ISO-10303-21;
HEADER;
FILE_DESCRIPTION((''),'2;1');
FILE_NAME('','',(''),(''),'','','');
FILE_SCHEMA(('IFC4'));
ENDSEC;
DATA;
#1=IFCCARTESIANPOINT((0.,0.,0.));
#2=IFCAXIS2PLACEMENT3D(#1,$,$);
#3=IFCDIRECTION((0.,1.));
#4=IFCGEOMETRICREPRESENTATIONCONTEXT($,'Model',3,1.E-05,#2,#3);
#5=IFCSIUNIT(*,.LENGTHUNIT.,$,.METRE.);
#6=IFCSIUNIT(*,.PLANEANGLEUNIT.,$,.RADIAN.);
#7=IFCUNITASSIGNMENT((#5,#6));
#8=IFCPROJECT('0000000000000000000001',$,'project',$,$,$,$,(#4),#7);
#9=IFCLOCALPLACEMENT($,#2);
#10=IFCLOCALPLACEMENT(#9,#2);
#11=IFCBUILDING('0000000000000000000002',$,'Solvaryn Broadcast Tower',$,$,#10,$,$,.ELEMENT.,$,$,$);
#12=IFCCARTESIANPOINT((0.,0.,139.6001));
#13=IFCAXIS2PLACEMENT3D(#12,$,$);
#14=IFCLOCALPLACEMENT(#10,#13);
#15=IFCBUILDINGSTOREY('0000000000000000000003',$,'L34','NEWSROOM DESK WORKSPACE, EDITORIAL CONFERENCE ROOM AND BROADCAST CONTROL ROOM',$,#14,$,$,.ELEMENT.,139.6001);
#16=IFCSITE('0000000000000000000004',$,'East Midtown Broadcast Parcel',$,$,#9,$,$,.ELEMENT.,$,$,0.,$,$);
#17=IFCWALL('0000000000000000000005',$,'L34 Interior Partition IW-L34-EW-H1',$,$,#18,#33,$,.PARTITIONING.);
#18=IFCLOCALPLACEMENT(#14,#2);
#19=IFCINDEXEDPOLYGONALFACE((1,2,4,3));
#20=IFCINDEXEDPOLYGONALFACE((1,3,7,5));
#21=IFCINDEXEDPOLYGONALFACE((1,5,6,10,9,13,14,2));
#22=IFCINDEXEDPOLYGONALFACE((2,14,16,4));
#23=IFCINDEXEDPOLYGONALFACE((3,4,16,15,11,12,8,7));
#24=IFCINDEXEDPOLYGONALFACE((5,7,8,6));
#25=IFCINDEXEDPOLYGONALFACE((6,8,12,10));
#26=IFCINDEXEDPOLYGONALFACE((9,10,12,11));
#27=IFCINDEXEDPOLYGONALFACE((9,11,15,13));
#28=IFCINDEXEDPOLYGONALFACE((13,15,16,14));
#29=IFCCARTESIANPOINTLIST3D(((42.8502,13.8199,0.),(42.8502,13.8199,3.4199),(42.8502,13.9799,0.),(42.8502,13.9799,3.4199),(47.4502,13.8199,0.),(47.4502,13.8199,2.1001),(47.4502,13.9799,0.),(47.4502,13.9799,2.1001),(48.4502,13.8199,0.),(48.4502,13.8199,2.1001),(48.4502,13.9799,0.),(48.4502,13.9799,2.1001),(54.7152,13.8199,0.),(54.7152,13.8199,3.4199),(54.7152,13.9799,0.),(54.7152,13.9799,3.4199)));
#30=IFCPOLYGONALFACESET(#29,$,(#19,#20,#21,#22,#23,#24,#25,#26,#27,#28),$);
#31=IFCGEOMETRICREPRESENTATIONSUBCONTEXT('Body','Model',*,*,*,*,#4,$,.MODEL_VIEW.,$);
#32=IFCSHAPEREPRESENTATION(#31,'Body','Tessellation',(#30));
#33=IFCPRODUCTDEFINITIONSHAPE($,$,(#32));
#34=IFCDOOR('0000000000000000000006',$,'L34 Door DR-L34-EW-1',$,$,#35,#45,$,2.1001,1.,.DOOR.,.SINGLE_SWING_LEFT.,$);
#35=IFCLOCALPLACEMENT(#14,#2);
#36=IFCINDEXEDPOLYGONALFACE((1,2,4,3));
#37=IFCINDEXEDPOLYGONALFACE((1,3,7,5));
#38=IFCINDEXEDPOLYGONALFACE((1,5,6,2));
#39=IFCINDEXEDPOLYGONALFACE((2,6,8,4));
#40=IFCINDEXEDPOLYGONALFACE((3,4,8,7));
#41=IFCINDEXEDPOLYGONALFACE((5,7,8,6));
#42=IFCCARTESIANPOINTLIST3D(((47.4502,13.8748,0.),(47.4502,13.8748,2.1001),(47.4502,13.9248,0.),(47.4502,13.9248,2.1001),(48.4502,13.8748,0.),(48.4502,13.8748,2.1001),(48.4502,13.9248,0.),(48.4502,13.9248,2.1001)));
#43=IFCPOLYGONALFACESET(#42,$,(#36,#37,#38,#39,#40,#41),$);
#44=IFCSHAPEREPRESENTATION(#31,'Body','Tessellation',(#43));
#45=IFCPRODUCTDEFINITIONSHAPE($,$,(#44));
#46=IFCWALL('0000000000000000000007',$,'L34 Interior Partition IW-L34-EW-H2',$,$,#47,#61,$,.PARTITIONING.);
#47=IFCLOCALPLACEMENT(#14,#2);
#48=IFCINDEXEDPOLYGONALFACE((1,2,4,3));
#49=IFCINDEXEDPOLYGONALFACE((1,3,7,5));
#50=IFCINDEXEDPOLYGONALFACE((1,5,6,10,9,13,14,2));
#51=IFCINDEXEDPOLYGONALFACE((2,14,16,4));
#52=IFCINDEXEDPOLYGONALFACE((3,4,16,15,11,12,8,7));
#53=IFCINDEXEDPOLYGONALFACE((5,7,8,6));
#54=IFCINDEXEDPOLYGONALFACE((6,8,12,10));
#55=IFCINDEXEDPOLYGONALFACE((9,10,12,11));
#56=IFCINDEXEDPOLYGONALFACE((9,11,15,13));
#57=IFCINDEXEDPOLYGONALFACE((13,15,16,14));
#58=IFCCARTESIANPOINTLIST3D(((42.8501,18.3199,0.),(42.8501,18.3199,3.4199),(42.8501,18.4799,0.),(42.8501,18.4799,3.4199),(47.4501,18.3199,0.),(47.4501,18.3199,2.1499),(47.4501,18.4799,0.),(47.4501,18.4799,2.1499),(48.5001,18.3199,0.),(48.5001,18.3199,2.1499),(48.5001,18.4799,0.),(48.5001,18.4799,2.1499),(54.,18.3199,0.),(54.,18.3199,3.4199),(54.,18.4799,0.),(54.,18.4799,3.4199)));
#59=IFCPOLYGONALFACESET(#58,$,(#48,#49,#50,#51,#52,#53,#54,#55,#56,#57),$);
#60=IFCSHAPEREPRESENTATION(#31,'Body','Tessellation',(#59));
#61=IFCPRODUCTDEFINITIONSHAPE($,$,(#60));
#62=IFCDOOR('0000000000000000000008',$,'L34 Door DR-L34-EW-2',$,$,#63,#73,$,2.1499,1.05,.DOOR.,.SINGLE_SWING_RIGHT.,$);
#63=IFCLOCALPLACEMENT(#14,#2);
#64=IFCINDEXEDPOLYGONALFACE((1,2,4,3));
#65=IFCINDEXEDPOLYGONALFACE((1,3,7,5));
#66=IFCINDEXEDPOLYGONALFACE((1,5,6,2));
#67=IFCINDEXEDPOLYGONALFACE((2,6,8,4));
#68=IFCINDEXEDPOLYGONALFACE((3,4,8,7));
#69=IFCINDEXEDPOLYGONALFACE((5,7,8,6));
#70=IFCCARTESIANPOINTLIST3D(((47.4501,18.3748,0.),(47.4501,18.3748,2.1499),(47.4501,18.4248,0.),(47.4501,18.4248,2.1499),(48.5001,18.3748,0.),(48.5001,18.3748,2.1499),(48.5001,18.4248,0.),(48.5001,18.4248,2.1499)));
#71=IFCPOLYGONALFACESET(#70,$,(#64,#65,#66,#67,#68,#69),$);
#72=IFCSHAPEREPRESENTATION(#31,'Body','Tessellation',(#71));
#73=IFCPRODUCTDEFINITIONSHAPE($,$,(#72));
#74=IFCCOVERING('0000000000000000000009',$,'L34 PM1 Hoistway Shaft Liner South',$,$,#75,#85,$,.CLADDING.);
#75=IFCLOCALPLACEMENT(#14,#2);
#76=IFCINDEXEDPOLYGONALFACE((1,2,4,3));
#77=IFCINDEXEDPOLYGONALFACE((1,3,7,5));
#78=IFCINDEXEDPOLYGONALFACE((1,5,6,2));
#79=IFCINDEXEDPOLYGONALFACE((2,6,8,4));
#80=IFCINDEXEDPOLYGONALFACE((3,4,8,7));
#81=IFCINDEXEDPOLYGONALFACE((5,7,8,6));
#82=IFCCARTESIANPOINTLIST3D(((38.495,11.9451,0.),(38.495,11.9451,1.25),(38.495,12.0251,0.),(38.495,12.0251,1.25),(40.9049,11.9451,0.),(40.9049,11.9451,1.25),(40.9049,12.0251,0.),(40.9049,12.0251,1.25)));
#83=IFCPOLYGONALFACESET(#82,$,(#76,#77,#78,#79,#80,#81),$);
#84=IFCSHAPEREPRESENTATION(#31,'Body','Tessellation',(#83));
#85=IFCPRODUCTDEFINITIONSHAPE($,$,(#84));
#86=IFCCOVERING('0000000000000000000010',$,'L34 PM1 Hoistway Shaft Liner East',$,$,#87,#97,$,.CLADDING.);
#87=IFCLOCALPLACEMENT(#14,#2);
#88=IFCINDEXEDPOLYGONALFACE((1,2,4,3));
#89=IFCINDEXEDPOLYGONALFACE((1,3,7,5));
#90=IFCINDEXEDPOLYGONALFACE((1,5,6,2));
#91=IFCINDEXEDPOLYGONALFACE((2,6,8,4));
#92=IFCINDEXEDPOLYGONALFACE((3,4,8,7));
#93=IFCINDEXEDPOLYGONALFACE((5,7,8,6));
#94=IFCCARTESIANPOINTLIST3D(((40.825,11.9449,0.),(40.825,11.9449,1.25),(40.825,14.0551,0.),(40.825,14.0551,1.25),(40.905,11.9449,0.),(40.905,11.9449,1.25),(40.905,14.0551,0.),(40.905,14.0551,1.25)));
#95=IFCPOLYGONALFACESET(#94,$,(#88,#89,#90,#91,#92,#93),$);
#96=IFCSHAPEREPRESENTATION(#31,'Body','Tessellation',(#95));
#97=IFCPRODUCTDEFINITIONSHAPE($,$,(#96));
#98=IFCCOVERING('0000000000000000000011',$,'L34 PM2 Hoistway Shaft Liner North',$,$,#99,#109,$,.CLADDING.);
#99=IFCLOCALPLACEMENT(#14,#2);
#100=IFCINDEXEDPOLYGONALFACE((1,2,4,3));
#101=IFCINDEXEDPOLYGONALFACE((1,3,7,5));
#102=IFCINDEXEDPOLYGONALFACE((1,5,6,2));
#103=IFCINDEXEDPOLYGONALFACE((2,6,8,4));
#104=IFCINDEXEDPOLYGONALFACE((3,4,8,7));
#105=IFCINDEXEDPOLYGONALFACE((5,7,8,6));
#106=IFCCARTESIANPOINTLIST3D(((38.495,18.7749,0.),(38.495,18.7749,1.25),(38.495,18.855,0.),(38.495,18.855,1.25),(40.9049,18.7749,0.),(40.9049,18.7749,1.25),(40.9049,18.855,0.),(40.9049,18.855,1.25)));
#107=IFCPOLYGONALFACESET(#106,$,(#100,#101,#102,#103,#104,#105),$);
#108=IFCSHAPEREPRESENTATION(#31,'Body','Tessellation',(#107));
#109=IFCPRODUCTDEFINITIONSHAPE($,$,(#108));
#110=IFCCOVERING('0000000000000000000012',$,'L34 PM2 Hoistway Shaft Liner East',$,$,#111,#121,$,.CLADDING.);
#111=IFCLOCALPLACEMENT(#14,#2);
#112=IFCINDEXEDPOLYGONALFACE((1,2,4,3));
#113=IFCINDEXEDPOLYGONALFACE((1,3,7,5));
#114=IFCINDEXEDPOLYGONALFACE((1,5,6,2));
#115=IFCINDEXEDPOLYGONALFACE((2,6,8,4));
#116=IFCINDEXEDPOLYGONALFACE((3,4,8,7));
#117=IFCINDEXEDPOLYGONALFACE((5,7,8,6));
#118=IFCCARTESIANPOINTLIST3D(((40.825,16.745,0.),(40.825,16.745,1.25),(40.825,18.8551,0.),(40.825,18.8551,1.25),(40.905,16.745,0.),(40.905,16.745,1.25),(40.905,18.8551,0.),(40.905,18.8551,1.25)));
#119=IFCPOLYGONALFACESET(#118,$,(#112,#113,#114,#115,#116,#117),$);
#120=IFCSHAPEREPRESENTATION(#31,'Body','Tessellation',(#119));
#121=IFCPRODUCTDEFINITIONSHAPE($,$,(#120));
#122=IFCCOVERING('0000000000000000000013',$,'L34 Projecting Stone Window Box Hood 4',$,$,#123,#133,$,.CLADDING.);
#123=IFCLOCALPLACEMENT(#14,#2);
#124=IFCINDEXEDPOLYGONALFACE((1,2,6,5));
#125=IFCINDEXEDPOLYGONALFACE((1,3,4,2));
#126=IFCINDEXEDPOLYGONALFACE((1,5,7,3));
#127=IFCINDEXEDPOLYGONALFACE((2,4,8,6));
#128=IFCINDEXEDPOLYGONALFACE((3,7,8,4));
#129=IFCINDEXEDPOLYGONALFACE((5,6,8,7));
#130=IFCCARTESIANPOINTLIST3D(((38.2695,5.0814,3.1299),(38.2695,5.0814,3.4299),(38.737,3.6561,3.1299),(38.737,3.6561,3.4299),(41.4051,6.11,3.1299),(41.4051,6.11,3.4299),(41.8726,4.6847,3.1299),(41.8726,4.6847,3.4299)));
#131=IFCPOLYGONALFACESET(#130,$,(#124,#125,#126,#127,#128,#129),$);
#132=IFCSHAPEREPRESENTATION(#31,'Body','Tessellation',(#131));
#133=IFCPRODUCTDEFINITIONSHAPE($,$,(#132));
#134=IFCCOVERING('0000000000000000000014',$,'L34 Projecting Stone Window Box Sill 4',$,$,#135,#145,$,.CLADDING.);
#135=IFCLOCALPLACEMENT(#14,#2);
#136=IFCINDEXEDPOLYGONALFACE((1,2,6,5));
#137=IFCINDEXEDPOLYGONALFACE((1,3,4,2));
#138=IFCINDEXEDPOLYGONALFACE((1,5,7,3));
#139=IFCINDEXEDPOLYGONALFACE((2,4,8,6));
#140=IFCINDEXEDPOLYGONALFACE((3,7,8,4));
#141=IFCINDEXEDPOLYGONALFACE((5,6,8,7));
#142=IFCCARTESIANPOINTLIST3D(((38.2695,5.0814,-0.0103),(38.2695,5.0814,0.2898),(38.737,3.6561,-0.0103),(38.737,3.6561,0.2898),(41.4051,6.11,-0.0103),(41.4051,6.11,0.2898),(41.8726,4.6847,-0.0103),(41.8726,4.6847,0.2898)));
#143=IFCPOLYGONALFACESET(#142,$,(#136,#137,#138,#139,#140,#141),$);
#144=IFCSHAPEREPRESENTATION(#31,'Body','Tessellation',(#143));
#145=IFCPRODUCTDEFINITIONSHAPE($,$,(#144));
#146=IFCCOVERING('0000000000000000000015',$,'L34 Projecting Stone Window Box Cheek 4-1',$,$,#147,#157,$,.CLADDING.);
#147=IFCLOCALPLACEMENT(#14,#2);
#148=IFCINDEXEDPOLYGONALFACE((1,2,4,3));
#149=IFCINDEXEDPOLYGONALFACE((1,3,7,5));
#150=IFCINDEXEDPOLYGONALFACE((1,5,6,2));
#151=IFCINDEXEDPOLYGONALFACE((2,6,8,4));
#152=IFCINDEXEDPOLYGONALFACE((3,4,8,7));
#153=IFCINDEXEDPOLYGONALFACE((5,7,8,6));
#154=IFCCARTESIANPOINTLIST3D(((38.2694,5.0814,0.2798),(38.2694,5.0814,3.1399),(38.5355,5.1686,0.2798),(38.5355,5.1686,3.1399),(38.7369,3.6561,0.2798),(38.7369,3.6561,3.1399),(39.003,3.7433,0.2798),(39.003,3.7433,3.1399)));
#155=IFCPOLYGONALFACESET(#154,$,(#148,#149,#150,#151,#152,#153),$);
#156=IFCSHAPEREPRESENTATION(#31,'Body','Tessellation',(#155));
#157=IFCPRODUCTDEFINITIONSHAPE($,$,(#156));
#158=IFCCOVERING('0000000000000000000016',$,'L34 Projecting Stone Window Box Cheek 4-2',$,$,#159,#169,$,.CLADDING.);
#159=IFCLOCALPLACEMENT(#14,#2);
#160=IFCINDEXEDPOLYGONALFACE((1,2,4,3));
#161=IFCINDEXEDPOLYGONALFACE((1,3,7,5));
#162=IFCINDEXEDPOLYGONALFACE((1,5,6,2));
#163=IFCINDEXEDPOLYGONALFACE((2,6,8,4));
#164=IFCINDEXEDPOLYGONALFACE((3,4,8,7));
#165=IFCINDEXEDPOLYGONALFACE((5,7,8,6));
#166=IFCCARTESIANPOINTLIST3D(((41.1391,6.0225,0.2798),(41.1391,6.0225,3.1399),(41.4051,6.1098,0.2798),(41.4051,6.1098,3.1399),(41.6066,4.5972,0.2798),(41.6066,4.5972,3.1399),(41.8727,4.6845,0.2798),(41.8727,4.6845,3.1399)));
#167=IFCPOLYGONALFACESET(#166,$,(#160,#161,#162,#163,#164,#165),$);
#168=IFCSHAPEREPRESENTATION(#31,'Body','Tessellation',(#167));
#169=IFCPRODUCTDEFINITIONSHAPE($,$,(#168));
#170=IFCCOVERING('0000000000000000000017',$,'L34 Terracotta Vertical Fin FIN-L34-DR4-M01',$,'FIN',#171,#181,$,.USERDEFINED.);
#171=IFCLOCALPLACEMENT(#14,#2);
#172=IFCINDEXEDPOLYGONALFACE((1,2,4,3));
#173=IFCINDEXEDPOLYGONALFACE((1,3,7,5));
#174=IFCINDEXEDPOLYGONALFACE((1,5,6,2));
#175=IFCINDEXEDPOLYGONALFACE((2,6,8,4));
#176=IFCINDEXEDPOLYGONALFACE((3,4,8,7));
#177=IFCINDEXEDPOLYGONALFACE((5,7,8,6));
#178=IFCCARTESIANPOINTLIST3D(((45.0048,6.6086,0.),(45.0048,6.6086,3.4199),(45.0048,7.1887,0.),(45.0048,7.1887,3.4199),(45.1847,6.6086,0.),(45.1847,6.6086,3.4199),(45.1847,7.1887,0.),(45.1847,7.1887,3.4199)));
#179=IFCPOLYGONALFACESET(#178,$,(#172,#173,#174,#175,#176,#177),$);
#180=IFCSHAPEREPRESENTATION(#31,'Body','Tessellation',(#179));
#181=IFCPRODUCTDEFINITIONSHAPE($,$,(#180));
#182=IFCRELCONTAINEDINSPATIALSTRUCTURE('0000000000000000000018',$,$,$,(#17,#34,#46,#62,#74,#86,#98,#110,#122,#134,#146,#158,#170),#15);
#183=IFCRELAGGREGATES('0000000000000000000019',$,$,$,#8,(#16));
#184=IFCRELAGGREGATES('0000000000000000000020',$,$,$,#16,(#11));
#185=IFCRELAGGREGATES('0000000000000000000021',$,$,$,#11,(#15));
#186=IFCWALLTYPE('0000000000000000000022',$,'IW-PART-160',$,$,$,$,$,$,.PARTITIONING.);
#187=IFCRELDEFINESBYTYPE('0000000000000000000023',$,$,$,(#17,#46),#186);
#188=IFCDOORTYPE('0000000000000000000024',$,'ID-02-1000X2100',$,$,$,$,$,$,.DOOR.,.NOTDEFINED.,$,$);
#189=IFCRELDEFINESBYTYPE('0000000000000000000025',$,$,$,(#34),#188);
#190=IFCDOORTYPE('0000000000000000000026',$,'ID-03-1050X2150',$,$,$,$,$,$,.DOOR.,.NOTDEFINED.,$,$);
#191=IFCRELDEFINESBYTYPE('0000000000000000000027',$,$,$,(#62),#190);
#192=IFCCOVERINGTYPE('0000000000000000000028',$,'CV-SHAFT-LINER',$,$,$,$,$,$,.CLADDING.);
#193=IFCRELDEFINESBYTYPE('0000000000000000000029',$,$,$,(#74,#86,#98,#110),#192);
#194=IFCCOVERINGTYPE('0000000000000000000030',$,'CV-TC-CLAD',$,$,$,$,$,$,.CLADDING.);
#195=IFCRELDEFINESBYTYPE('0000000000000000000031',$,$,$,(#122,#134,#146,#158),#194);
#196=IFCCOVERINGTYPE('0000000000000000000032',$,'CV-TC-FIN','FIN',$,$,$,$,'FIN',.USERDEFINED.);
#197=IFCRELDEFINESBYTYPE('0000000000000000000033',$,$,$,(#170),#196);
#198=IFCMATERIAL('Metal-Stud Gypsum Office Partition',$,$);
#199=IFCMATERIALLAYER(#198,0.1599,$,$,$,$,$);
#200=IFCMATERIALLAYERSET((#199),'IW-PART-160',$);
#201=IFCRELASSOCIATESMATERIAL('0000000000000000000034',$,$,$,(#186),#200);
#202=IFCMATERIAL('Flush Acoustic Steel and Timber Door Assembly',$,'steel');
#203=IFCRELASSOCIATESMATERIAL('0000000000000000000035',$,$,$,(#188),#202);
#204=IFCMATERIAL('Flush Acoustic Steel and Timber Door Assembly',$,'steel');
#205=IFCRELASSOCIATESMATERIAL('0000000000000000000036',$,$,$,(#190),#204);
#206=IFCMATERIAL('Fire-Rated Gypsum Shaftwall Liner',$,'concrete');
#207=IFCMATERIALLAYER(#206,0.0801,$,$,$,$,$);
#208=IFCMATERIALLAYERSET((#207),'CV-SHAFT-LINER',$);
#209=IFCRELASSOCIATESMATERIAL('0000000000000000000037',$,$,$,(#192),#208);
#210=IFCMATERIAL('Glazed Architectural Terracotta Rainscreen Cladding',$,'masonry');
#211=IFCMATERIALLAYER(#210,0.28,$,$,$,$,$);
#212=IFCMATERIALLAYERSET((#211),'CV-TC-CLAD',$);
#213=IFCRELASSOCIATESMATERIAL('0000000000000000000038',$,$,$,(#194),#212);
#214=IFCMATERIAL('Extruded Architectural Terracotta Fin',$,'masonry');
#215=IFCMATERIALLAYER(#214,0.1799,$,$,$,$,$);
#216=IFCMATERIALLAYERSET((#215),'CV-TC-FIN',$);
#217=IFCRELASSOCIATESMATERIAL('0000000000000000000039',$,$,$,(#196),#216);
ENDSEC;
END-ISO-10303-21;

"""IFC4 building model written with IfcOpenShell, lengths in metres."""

from ifc_helpers import new_model, si_unit, direction, frame, frame_2d, origin, origin_2d, place, context, subcontext, project, spatial, rectangle, extrude, material, layer, layer_set, type_object, element, fill, save


model = new_model("IFC4")

# Units and contexts
model_context = context("Model", 3, precision=1e-05, world=origin(), true_north=direction((0.0, 1.0)))
body_context = subcontext(model_context, "Body", "Model", "MODEL_VIEW")
ifc_project = project(units=[si_unit("LENGTHUNIT", "METRE"), si_unit("PLANEANGLEUNIT", "RADIAN")], contexts=[model_context])

# Site, building, storey
site_placement = place(None, origin())
site = spatial("IfcSite", under=ifc_project, at=site_placement, Name="East Midtown Broadcast Parcel", CompositionType="ELEMENT", RefElevation=0.0)
building_placement = place(site_placement, origin())
building = spatial("IfcBuilding", under=site, at=building_placement, Name="Solvaryn Broadcast Tower", CompositionType="ELEMENT")
storey_placement = place(building_placement, frame((0.0, 0.0, 139.6001)))
storey = spatial("IfcBuildingStorey", under=building, at=storey_placement, Name="L34", Description="NEWSROOM DESK WORKSPACE, EDITORIAL CONFERENCE ROOM AND BROADCAST CONTROL ROOM", CompositionType="ELEMENT", Elevation=139.6001)

# Shared definitions
ifc_material_1 = material(Name="Metal-Stud Gypsum Office Partition")
ifc_layer_1 = layer(ifc_material_1, 0.1599)
ifc_layer_set_1 = layer_set([ifc_layer_1], Name="IW-PART-160")
wall_type_1 = type_object("IfcWallType", Name="IW-PART-160", PredefinedType="PARTITIONING", material=ifc_layer_set_1)

# Walls, openings, doors
wall_1_placement = place(storey_placement, frame((42.8501, 13.8999, 0.0), z_axis=(0.0, 0.0, 1.0), x_axis=(1.0, 0.0, 0.0)))
wall_1 = element("IfcWall", 1, at=wall_1_placement, inside=storey, type_object=wall_type_1, Name="L34 Interior Partition IW-L34-EW-H1", PredefinedType="PARTITIONING", context=body_context, shape_type="SweptSolid", body=[
    extrude(rectangle(XDim=11.865, YDim=0.1599, at=frame_2d((5.9326, 0.0))), origin(), (0.0, 0.0, 1.0), 3.4199),
])
opening_1_placement = place(wall_1_placement, frame((4.6001, 0.0, 0.0)))
opening_1 = element("IfcOpeningElement", 2, at=opening_1_placement, cuts=wall_1, PredefinedType="OPENING", context=body_context, shape_type="SweptSolid", body=[
    extrude(rectangle(XDim=1.0, YDim=2.1001, at=frame_2d((0.5, 1.05))), frame((0.0, 0.0901, 0.0), z_axis=(0.0, -1.0, 0.0), x_axis=(1.0, 0.0, 0.0)), (0.0, 0.0, 1.0), 0.1799),
])
ifc_material_2 = material(Name="Flush Acoustic Steel and Timber Door Assembly", Category="steel")
door_type_1 = type_object("IfcDoorType", Name="ID-02-1000X2100", OperationType="NOTDEFINED", PredefinedType="DOOR", material=ifc_material_2)
door_1_placement = place(opening_1_placement, origin())
door_1 = element("IfcDoor", 3, at=door_1_placement, inside=storey, type_object=door_type_1, Name="L34 Door DR-L34-EW-1", OperationType="SINGLE_SWING_LEFT", OverallHeight=2.1001, OverallWidth=1.0, PredefinedType="DOOR", context=body_context, shape_type="SweptSolid", body=[
    extrude(rectangle(XDim=1.0, YDim=2.1001, at=frame_2d((0.5, 1.05))), frame((0.0, 0.0249, 0.0), z_axis=(0.0, -1.0, 0.0), x_axis=(1.0, 0.0, 0.0)), (0.0, 0.0, 1.0), 0.05),
])
fill(opening_1, door_1)
wall_2_placement = place(storey_placement, frame((42.8501, 18.3999, 0.0), z_axis=(0.0, 0.0, 1.0), x_axis=(1.0, 0.0, 0.0)))
wall_2 = element("IfcWall", 4, at=wall_2_placement, inside=storey, type_object=wall_type_1, Name="L34 Interior Partition IW-L34-EW-H2", PredefinedType="PARTITIONING", context=body_context, shape_type="SweptSolid", body=[
    extrude(rectangle(XDim=11.1499, YDim=0.1599, at=frame_2d((5.575, 0.0))), origin(), (0.0, 0.0, 1.0), 3.4199),
])
opening_2_placement = place(wall_2_placement, frame((4.6001, 0.0, 0.0)))
opening_2 = element("IfcOpeningElement", 5, at=opening_2_placement, cuts=wall_2, PredefinedType="OPENING", context=body_context, shape_type="SweptSolid", body=[
    extrude(rectangle(XDim=1.05, YDim=2.1499, at=frame_2d((0.5249, 1.075))), frame((0.0, 0.0901, 0.0), z_axis=(0.0, -1.0, 0.0), x_axis=(1.0, 0.0, 0.0)), (0.0, 0.0, 1.0), 0.1799),
])
ifc_material_3 = material(Name="Flush Acoustic Steel and Timber Door Assembly", Category="steel")
door_type_2 = type_object("IfcDoorType", Name="ID-03-1050X2150", OperationType="NOTDEFINED", PredefinedType="DOOR", material=ifc_material_3)
door_2_placement = place(opening_2_placement, origin())
door_2 = element("IfcDoor", 6, at=door_2_placement, inside=storey, type_object=door_type_2, Name="L34 Door DR-L34-EW-2", OperationType="SINGLE_SWING_RIGHT", OverallHeight=2.1499, OverallWidth=1.05, PredefinedType="DOOR", context=body_context, shape_type="SweptSolid", body=[
    extrude(rectangle(XDim=1.05, YDim=2.1499, at=frame_2d((0.5249, 1.075))), frame((0.0, 0.0249, 0.0), z_axis=(0.0, -1.0, 0.0), x_axis=(1.0, 0.0, 0.0)), (0.0, 0.0, 1.0), 0.05),
])
fill(opening_2, door_2)

# Coverings
ifc_material_4 = material(Name="Fire-Rated Gypsum Shaftwall Liner", Category="concrete")
ifc_layer_2 = layer(ifc_material_4, 0.0801)
ifc_layer_set_2 = layer_set([ifc_layer_2], Name="CV-SHAFT-LINER")
covering_type_1 = type_object("IfcCoveringType", Name="CV-SHAFT-LINER", PredefinedType="CLADDING", material=ifc_layer_set_2)
covering_1_placement = place(storey_placement, frame((39.7, 11.9851, 0.0), z_axis=(0.0, 0.0, 1.0), x_axis=(1.0, 0.0, 0.0)))
element("IfcCovering", 7, at=covering_1_placement, inside=storey, type_object=covering_type_1, Name="L34 PM1 Hoistway Shaft Liner South", PredefinedType="CLADDING", context=body_context, shape_type="SweptSolid", body=[
    extrude(rectangle(XDim=2.4099, YDim=0.0801, at=origin_2d()), origin(), (0.0, 0.0, 1.0), 1.25),
])
covering_2_placement = place(storey_placement, frame((40.865, 13.0, 0.0), z_axis=(0.0, 0.0, 1.0), x_axis=(1.0, 0.0, 0.0)))
element("IfcCovering", 8, at=covering_2_placement, inside=storey, type_object=covering_type_1, Name="L34 PM1 Hoistway Shaft Liner East", PredefinedType="CLADDING", context=body_context, shape_type="SweptSolid", body=[
    extrude(rectangle(XDim=0.0801, YDim=2.1101, at=origin_2d()), origin(), (0.0, 0.0, 1.0), 1.25),
])
covering_3_placement = place(storey_placement, frame((39.7, 18.8149, 0.0), z_axis=(0.0, 0.0, 1.0), x_axis=(1.0, 0.0, 0.0)))
element("IfcCovering", 9, at=covering_3_placement, inside=storey, type_object=covering_type_1, Name="L34 PM2 Hoistway Shaft Liner North", PredefinedType="CLADDING", context=body_context, shape_type="SweptSolid", body=[
    extrude(rectangle(XDim=2.4099, YDim=0.0801, at=origin_2d()), origin(), (0.0, 0.0, 1.0), 1.25),
])
covering_4_placement = place(storey_placement, frame((40.865, 17.8, 0.0), z_axis=(0.0, 0.0, 1.0), x_axis=(1.0, 0.0, 0.0)))
element("IfcCovering", 10, at=covering_4_placement, inside=storey, type_object=covering_type_1, Name="L34 PM2 Hoistway Shaft Liner East", PredefinedType="CLADDING", context=body_context, shape_type="SweptSolid", body=[
    extrude(rectangle(XDim=0.0801, YDim=2.1101, at=origin_2d()), origin(), (0.0, 0.0, 1.0), 1.25),
])
ifc_material_5 = material(Name="Glazed Architectural Terracotta Rainscreen Cladding", Category="masonry")
ifc_layer_3 = layer(ifc_material_5, 0.28)
ifc_layer_set_3 = layer_set([ifc_layer_3], Name="CV-TC-CLAD")
covering_type_2 = type_object("IfcCoveringType", Name="CV-TC-CLAD", PredefinedType="CLADDING", material=ifc_layer_set_3)
for number, where, z_axis, x_axis, name in (
    (11, (40.071, 4.8831, 3.1299), (0.0, 0.0, 1.0), (0.95019, 0.311672, 0.0), "L34 Projecting Stone Window Box Hood 4"),
    (12, (40.071, 4.8831, -0.0103), (0.0, 0.0, 1.0), (0.95019, 0.311672, 0.0), "L34 Projecting Stone Window Box Sill 4"),
):
    element("IfcCovering", number, at=place(storey_placement, frame(where, z_axis=z_axis, x_axis=x_axis)), inside=storey, type_object=covering_type_2, Name=name, PredefinedType="CLADDING", context=body_context, shape_type="SweptSolid", body=[
        extrude(rectangle(XDim=3.3, YDim=1.5, at=origin_2d()), origin(), (0.0, 0.0, 1.0), 0.3),
    ])
for number, where, z_axis, x_axis, name in (
    (13, (38.6362, 4.4124, 0.2798), (0.0, 0.0, 1.0), (0.95019, 0.311672, 0.0), "L34 Projecting Stone Window Box Cheek 4-1"),
    (14, (41.5059, 5.3535, 0.2798), (0.0, 0.0, 1.0), (0.95019, 0.311672, 0.0), "L34 Projecting Stone Window Box Cheek 4-2"),
):
    element("IfcCovering", number, at=place(storey_placement, frame(where, z_axis=z_axis, x_axis=x_axis)), inside=storey, type_object=covering_type_2, Name=name, PredefinedType="CLADDING", context=body_context, shape_type="SweptSolid", body=[
        extrude(rectangle(XDim=0.28, YDim=1.5, at=origin_2d()), origin(), (0.0, 0.0, 1.0), 2.8601),
    ])
ifc_material_6 = material(Name="Extruded Architectural Terracotta Fin", Category="masonry")
ifc_layer_4 = layer(ifc_material_6, 0.1799)
ifc_layer_set_4 = layer_set([ifc_layer_4], Name="CV-TC-FIN")
covering_type_3 = type_object("IfcCoveringType", Name="CV-TC-FIN", Description="FIN", ElementType="FIN", PredefinedType="USERDEFINED", material=ifc_layer_set_4)
for number, where, z_axis, x_axis, name in (
    (15, (45.0947, 6.8987, 0.0), (0.0, 0.0, 1.0), (1.0, 0.0, 0.0), "L34 Terracotta Vertical Fin FIN-L34-DR4-M01"),
):
    element("IfcCovering", number, at=place(storey_placement, frame(where, z_axis=z_axis, x_axis=x_axis)), inside=storey, type_object=covering_type_3, Name=name, ObjectType="FIN", PredefinedType="USERDEFINED", context=body_context, shape_type="SweptSolid", body=[
        extrude(rectangle(XDim=0.1799, YDim=0.5801, at=origin_2d()), origin(), (0.0, 0.0, 1.0), 3.4199),
    ])

save(model, "model.ifc")
